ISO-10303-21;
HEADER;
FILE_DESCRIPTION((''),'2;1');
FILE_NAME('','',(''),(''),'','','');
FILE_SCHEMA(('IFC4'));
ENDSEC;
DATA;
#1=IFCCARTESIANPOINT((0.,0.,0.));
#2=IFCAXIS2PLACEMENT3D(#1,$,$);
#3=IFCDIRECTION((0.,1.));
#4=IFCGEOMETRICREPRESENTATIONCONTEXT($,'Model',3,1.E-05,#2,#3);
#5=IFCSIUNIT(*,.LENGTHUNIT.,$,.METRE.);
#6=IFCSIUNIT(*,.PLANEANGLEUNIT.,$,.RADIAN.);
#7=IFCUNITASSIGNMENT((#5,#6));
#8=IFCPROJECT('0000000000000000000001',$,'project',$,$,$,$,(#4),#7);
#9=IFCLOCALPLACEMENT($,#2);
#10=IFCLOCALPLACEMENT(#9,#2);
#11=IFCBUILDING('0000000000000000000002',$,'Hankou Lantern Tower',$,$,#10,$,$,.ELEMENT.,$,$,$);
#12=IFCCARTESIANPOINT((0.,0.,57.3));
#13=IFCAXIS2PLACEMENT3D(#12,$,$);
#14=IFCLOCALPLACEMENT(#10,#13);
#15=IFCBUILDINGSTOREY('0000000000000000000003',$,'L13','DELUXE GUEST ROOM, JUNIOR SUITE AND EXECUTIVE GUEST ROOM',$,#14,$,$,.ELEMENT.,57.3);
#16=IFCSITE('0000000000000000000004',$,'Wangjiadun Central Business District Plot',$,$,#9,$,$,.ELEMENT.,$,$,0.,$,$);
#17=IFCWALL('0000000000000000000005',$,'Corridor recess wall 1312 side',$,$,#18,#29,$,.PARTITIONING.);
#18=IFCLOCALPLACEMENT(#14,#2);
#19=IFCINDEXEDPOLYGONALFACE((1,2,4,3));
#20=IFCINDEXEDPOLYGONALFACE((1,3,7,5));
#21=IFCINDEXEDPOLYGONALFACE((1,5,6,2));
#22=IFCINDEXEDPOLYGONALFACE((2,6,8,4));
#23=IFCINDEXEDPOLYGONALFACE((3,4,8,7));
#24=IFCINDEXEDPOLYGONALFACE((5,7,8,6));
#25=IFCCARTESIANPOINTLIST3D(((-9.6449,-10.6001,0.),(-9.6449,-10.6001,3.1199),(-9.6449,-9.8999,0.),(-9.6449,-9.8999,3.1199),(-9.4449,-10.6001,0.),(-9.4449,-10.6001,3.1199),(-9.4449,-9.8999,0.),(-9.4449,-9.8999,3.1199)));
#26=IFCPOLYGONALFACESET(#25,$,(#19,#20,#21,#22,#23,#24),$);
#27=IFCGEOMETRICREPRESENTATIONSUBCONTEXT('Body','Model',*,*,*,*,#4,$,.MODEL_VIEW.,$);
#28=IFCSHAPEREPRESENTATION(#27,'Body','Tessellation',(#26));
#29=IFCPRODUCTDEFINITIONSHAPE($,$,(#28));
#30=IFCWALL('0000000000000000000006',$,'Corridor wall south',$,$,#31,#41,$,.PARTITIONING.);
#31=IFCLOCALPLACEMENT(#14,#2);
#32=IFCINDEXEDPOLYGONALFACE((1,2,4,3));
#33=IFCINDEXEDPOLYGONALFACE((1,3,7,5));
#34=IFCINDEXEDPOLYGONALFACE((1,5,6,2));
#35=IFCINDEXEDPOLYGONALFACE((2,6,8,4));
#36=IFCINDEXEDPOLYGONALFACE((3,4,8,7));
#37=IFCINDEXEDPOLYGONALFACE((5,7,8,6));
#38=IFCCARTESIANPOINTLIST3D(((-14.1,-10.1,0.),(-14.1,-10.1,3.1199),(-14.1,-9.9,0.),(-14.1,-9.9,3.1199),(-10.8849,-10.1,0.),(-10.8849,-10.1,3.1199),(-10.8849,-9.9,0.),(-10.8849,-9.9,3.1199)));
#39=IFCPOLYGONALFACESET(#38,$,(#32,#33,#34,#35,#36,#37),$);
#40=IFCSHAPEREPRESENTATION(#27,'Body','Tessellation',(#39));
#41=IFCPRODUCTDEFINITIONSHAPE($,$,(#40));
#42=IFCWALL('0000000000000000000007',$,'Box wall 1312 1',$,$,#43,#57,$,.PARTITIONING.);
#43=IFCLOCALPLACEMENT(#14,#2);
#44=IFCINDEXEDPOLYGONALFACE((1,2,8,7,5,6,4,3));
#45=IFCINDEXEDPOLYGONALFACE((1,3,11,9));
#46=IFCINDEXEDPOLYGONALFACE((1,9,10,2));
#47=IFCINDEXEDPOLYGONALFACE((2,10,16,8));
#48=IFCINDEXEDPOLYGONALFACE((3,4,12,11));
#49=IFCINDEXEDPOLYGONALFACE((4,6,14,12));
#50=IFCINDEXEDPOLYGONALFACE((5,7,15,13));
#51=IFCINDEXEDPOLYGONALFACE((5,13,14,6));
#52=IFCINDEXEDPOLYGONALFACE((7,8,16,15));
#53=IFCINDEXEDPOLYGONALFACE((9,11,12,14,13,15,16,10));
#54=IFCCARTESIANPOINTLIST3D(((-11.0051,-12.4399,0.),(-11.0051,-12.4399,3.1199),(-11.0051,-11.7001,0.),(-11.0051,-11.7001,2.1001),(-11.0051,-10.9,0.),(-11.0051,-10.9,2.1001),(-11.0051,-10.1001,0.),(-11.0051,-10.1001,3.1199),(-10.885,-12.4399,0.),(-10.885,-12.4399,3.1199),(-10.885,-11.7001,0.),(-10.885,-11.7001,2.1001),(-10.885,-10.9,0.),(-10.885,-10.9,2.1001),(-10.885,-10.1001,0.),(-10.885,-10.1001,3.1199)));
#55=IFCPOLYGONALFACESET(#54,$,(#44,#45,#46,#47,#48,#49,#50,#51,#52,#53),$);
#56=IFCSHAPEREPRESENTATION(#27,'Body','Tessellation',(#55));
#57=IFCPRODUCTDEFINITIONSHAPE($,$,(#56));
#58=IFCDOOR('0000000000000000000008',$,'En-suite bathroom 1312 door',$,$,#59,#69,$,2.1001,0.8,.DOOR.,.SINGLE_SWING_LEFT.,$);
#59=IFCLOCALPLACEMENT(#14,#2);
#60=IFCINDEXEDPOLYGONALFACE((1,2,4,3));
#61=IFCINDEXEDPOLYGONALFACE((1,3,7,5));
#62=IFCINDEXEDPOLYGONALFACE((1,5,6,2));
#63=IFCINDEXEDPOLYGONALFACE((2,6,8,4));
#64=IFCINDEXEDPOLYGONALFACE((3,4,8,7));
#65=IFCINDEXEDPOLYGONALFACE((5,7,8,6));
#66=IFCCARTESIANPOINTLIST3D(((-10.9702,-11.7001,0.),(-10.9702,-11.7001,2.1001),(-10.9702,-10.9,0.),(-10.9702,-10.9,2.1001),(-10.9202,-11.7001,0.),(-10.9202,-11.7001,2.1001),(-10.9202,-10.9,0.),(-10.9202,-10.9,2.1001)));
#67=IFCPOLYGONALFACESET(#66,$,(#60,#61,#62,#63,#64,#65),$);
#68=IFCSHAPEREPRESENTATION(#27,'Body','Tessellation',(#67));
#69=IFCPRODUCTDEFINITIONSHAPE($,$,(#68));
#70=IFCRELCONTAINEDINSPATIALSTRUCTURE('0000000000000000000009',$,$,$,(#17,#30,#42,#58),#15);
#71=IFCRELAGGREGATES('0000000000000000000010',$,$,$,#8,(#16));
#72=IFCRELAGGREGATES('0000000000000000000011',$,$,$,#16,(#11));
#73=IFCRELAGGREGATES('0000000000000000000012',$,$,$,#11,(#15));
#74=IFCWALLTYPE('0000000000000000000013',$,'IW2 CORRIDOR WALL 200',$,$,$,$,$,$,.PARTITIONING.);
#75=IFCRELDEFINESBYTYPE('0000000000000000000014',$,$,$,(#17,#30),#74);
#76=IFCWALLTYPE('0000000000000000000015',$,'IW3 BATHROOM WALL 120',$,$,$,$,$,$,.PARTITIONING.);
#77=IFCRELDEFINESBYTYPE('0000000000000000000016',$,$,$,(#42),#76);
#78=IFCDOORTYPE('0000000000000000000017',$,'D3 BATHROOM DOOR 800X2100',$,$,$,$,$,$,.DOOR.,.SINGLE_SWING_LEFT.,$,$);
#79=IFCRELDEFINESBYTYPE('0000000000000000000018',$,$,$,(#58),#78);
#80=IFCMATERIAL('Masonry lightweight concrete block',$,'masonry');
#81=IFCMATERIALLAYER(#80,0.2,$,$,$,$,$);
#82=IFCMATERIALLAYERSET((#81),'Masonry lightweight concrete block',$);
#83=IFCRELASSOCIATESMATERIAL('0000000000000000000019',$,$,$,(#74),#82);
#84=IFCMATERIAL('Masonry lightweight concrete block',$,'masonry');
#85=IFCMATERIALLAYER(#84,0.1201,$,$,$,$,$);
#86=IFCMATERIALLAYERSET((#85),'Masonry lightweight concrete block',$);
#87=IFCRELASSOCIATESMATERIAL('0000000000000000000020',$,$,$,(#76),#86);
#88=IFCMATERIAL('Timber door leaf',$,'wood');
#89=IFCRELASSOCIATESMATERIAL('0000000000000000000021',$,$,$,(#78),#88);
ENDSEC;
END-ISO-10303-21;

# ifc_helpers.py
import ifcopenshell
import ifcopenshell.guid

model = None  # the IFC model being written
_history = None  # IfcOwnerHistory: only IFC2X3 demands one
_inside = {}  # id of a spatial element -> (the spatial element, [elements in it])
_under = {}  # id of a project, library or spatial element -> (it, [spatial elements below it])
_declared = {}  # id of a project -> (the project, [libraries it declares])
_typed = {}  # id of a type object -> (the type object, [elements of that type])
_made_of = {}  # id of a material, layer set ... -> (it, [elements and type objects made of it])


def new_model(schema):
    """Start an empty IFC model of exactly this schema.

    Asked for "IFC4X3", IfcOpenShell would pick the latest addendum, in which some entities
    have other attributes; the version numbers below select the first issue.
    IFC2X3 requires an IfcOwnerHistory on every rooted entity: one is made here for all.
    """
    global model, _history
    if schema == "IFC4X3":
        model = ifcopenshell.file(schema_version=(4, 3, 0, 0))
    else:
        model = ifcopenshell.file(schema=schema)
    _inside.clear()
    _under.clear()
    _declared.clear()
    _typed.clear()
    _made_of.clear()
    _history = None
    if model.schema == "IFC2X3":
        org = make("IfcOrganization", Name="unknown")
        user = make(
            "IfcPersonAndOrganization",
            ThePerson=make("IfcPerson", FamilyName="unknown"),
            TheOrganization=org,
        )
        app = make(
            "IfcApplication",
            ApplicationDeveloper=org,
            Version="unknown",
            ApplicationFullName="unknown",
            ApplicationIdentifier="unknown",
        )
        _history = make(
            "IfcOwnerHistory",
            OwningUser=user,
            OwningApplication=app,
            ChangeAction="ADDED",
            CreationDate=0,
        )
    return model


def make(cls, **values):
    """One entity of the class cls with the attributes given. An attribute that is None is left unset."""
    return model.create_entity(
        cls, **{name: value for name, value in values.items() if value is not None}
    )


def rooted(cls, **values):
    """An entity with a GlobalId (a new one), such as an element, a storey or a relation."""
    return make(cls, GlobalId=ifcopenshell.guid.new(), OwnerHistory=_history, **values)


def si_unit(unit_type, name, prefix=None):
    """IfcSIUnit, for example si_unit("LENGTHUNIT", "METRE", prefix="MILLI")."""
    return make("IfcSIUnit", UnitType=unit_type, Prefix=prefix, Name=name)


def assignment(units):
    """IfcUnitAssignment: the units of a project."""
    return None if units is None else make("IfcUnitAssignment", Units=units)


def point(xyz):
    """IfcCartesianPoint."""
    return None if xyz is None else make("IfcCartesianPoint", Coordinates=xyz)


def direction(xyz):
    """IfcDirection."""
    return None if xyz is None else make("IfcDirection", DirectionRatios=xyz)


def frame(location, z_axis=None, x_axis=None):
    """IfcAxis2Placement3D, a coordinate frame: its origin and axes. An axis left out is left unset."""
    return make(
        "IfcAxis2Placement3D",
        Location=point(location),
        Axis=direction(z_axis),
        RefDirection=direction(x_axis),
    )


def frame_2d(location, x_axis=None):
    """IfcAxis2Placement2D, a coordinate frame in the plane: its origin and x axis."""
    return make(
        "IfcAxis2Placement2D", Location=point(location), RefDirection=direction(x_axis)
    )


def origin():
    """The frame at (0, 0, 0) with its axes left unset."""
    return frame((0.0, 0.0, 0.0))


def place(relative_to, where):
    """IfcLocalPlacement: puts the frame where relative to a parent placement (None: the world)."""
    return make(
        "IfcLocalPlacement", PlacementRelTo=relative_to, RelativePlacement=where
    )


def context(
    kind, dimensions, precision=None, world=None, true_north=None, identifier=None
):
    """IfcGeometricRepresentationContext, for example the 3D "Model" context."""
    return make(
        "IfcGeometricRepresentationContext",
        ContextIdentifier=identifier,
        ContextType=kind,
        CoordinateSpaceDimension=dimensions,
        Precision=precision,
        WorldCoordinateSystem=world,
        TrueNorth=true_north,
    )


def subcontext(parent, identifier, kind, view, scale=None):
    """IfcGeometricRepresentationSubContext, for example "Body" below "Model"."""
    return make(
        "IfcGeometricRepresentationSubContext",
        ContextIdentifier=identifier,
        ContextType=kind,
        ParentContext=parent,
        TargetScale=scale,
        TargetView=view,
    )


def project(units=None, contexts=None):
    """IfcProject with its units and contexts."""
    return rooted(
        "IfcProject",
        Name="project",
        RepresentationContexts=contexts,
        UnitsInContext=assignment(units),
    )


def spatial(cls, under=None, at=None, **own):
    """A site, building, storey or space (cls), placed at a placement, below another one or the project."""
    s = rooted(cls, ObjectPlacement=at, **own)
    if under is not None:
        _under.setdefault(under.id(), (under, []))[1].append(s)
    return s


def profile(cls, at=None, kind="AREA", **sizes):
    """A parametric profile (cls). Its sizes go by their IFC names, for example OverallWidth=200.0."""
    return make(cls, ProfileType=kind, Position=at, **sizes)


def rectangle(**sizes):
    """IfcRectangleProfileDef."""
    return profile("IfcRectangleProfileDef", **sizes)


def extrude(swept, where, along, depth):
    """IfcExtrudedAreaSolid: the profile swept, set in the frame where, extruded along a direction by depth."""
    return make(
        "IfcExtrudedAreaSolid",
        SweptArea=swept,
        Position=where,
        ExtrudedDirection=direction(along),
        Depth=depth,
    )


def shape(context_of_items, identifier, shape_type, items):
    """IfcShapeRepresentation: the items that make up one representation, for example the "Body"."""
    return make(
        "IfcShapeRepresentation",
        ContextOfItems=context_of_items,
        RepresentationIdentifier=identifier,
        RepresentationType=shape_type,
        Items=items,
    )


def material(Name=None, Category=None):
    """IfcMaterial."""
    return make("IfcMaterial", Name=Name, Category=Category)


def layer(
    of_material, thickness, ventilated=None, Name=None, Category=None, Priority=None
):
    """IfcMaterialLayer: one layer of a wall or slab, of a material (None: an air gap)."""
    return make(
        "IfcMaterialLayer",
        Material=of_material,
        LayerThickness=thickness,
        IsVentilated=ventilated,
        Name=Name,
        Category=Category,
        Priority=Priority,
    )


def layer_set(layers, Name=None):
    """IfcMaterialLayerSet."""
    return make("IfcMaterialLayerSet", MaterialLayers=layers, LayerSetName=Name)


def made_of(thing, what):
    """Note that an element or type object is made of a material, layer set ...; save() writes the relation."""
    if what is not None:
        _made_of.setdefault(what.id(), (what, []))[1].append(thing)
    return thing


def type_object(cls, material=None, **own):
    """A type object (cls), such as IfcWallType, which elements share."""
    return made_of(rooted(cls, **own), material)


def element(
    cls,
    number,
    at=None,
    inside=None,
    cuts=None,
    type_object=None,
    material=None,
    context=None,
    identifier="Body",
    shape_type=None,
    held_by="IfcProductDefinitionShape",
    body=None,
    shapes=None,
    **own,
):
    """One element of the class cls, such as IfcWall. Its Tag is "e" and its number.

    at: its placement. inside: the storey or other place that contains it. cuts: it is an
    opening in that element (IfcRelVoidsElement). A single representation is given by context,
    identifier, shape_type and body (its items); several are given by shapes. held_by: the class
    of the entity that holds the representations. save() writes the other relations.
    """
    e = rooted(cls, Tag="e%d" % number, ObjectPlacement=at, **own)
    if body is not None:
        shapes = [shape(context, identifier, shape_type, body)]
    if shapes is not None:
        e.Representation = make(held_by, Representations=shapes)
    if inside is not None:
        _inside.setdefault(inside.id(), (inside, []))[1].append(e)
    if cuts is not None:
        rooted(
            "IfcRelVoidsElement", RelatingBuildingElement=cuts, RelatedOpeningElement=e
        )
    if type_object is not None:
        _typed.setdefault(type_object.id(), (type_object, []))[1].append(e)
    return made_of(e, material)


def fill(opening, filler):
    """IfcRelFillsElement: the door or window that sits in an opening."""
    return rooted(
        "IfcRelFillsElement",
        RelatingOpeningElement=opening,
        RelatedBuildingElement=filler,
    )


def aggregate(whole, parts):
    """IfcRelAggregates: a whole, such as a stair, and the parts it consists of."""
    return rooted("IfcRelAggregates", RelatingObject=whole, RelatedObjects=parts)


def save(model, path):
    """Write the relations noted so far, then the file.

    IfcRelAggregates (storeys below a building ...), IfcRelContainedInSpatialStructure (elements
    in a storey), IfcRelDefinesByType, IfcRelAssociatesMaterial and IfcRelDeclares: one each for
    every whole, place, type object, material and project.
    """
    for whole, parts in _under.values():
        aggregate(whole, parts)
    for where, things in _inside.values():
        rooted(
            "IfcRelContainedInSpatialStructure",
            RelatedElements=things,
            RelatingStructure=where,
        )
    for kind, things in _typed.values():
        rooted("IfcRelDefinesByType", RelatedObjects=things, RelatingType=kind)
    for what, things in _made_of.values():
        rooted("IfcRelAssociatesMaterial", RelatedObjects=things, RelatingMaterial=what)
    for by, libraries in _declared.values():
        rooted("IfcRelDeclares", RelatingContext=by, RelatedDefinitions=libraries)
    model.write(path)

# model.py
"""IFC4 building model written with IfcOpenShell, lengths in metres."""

from ifc_helpers import new_model, si_unit, direction, frame, frame_2d, origin, place, context, subcontext, project, spatial, rectangle, extrude, material, layer, layer_set, type_object, element, fill, save


model = new_model("IFC4")

# Units and contexts
model_context = context("Model", 3, precision=1e-05, world=origin(), true_north=direction((0.0, 1.0)))
body_context = subcontext(model_context, "Body", "Model", "MODEL_VIEW")
ifc_project = project(units=[si_unit("LENGTHUNIT", "METRE"), si_unit("PLANEANGLEUNIT", "RADIAN")], contexts=[model_context])

# Site, building, storey
site_placement = place(None, origin())
site = spatial("IfcSite", under=ifc_project, at=site_placement, Name="Wangjiadun Central Business District Plot", CompositionType="ELEMENT", RefElevation=0.0)
building_placement = place(site_placement, origin())
building = spatial("IfcBuilding", under=site, at=building_placement, Name="Hankou Lantern Tower", CompositionType="ELEMENT")
storey_placement = place(building_placement, frame((0.0, 0.0, 57.3)))
storey = spatial("IfcBuildingStorey", under=building, at=storey_placement, Name="L13", Description="DELUXE GUEST ROOM, JUNIOR SUITE AND EXECUTIVE GUEST ROOM", CompositionType="ELEMENT", Elevation=57.3)

# Shared definitions
ifc_material_1 = material(Name="Masonry lightweight concrete block", Category="masonry")
ifc_layer_1 = layer(ifc_material_1, 0.2)
ifc_layer_set_1 = layer_set([ifc_layer_1], Name="Masonry lightweight concrete block")
wall_type_1 = type_object("IfcWallType", Name="IW2 CORRIDOR WALL 200", PredefinedType="PARTITIONING", material=ifc_layer_set_1)

# Walls
wall_1_placement = place(storey_placement, frame((-9.5449, -9.8999, 0.0), z_axis=(0.0, 0.0, 1.0), x_axis=(0.0, -1.0, 0.0)))
element("IfcWall", 1, at=wall_1_placement, inside=storey, type_object=wall_type_1, Name="Corridor recess wall 1312 side", PredefinedType="PARTITIONING", context=body_context, shape_type="SweptSolid", body=[
    extrude(rectangle(XDim=0.7002, YDim=0.2, at=frame_2d((0.3501, 0.0))), origin(), (0.0, 0.0, 1.0), 3.1199),
])
wall_2_placement = place(storey_placement, frame((-10.885, -10.0, 0.0), z_axis=(0.0, 0.0, 1.0), x_axis=(-1.0, 0.0, 0.0)))
element("IfcWall", 2, at=wall_2_placement, inside=storey, type_object=wall_type_1, Name="Corridor wall south", PredefinedType="PARTITIONING", context=body_context, shape_type="SweptSolid", body=[
    extrude(rectangle(XDim=3.2151, YDim=0.2, at=frame_2d((1.6074, 0.0))), origin(), (0.0, 0.0, 1.0), 3.1199),
])

# Wall, opening, door
ifc_material_2 = material(Name="Masonry lightweight concrete block", Category="masonry")
ifc_layer_2 = layer(ifc_material_2, 0.1201)
ifc_layer_set_2 = layer_set([ifc_layer_2], Name="Masonry lightweight concrete block")
wall_type_2 = type_object("IfcWallType", Name="IW3 BATHROOM WALL 120", PredefinedType="PARTITIONING", material=ifc_layer_set_2)
wall_3_placement = place(storey_placement, frame((-10.9451, -10.1001, 0.0), z_axis=(0.0, 0.0, 1.0), x_axis=(0.0, -1.0, 0.0)))
wall_3 = element("IfcWall", 3, at=wall_3_placement, inside=storey, type_object=wall_type_2, Name="Box wall 1312 1", PredefinedType="PARTITIONING", context=body_context, shape_type="SweptSolid", body=[
    extrude(rectangle(XDim=2.3398, YDim=0.1201, at=frame_2d((1.1699, 0.0))), origin(), (0.0, 0.0, 1.0), 3.1199),
])
opening_1_placement = place(wall_3_placement, frame((0.8, 0.0, 0.0)))
opening_1 = element("IfcOpeningElement", 4, at=opening_1_placement, cuts=wall_3, PredefinedType="OPENING", context=body_context, shape_type="SweptSolid", body=[
    extrude(rectangle(XDim=0.8, YDim=2.1001, at=frame_2d((0.3999, 1.05))), frame((0.0, 0.0701, 0.0), z_axis=(0.0, -1.0, 0.0), x_axis=(1.0, 0.0, 0.0)), (0.0, 0.0, 1.0), 0.1401),
])
ifc_material_3 = material(Name="Timber door leaf", Category="wood")
door_type_1 = type_object("IfcDoorType", Name="D3 BATHROOM DOOR 800X2100", OperationType="SINGLE_SWING_LEFT", PredefinedType="DOOR", material=ifc_material_3)
door_1_placement = place(opening_1_placement, origin())
door_1 = element("IfcDoor", 5, at=door_1_placement, inside=storey, type_object=door_type_1, Name="En-suite bathroom 1312 door", OperationType="SINGLE_SWING_LEFT", OverallHeight=2.1001, OverallWidth=0.8, PredefinedType="DOOR", context=body_context, shape_type="SweptSolid", body=[
    extrude(rectangle(XDim=0.8, YDim=2.1001, at=frame_2d((0.3999, 1.05))), frame((0.0, 0.0249, 0.0), z_axis=(0.0, -1.0, 0.0), x_axis=(1.0, 0.0, 0.0)), (0.0, 0.0, 1.0), 0.05),
])
fill(opening_1, door_1)

save(model, "model.ifc")
